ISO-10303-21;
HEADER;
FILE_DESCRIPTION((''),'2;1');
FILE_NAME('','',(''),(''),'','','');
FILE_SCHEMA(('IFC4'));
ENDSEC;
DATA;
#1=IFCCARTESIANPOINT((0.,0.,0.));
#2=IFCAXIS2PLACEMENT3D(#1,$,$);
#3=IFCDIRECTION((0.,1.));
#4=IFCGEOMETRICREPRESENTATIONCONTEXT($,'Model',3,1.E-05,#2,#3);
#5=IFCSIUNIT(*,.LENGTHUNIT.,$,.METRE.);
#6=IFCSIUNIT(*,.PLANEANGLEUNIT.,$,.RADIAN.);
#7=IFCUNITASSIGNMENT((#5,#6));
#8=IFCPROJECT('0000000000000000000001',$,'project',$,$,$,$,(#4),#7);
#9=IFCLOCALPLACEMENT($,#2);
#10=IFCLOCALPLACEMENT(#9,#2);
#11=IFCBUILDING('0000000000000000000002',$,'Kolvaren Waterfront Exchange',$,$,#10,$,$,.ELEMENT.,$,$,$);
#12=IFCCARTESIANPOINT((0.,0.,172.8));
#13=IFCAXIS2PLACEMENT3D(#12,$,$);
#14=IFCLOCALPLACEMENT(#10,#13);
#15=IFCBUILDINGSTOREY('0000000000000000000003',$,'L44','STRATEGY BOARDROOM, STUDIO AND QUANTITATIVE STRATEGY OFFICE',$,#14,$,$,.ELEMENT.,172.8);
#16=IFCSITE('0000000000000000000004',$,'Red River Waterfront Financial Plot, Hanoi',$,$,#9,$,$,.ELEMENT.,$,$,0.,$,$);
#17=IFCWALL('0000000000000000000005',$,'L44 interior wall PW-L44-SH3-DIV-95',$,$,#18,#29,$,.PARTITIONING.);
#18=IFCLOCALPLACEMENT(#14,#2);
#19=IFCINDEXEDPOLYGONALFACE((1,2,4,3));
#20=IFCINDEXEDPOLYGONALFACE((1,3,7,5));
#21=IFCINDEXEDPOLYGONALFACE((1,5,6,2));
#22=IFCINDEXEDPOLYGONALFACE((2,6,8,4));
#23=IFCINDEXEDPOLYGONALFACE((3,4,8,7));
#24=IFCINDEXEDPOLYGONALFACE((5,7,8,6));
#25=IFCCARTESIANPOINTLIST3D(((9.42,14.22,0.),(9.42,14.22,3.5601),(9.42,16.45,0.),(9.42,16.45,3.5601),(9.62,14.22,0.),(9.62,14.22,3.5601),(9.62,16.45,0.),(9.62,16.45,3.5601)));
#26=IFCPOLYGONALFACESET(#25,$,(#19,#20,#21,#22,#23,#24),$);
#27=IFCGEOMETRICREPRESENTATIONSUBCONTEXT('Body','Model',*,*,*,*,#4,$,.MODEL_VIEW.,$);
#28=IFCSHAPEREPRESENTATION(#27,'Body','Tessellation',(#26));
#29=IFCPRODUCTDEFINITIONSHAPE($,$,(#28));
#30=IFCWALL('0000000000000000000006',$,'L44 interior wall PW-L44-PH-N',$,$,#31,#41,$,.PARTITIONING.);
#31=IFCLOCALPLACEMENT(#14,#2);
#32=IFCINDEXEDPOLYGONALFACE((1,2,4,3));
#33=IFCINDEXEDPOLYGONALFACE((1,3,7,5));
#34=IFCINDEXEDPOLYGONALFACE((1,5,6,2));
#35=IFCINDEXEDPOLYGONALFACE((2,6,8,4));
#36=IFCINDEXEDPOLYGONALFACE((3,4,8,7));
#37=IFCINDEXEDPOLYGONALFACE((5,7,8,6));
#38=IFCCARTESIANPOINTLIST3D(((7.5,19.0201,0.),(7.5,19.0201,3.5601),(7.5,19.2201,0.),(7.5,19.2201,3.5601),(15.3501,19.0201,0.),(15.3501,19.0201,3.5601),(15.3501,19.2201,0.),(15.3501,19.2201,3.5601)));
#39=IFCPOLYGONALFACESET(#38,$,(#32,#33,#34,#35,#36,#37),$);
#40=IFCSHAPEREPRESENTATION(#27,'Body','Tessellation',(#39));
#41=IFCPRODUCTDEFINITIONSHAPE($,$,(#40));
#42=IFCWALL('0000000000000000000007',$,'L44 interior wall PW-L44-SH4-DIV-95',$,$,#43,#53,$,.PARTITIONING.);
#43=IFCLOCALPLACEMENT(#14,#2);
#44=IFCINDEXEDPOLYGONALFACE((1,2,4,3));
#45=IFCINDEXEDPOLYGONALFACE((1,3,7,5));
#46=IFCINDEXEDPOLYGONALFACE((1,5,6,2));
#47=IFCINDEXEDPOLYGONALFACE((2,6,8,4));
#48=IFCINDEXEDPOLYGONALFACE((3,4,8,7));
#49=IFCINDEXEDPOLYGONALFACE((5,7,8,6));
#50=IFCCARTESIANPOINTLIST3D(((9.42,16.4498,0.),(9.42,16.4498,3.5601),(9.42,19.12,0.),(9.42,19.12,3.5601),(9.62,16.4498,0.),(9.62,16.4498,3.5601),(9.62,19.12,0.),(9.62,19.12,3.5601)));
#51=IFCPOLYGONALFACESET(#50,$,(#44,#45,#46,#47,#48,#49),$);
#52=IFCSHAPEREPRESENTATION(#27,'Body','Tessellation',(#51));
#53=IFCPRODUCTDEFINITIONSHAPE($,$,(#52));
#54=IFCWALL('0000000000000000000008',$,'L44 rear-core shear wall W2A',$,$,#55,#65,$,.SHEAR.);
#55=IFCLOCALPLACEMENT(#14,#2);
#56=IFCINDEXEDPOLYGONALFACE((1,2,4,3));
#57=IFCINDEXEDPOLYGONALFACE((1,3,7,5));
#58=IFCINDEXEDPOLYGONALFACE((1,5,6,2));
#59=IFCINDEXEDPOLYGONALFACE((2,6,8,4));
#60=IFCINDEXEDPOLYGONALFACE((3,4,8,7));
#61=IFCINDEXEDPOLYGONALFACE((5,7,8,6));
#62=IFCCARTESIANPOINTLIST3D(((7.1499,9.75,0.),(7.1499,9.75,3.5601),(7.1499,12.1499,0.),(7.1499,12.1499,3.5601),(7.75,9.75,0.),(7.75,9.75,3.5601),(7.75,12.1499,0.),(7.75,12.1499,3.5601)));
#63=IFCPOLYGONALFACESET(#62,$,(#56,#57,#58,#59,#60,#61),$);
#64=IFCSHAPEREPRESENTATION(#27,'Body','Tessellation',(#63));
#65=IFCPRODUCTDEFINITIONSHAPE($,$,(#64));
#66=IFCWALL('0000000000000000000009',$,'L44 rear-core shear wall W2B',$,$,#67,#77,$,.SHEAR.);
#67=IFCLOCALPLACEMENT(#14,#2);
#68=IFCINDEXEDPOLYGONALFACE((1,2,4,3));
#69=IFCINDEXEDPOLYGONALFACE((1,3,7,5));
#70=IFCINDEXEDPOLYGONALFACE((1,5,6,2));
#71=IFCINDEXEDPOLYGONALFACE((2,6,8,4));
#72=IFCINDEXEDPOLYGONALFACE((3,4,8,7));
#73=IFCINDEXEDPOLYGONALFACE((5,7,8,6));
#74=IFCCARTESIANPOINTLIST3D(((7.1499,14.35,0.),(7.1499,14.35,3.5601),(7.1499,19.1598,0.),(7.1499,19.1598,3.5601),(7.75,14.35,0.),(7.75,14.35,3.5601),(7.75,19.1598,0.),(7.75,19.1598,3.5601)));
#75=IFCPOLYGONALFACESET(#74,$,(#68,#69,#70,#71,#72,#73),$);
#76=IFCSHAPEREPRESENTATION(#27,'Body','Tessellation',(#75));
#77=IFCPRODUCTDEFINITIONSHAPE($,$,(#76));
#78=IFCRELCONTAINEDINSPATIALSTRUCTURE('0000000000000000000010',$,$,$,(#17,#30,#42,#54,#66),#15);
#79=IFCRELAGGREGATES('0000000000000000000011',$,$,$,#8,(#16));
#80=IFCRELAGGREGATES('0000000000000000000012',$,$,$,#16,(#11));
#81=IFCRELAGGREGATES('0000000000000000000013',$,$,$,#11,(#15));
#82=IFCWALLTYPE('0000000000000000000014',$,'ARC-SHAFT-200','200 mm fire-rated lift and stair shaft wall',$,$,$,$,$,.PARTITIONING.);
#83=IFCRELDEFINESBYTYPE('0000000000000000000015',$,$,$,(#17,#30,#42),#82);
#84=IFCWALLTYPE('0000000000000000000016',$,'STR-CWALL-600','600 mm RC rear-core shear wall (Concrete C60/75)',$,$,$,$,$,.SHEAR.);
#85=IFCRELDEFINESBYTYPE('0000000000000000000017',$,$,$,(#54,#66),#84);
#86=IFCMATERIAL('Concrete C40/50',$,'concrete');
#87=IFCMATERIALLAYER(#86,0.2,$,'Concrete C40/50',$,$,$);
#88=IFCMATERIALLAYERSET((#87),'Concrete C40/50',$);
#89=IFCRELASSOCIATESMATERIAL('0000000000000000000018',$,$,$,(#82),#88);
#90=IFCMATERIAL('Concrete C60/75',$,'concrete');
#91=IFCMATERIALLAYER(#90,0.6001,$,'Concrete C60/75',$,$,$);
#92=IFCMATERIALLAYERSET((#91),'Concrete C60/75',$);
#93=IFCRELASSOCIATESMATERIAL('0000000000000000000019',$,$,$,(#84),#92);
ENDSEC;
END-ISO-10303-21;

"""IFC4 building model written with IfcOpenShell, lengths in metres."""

from ifc_helpers import new_model, si_unit, direction, frame, frame_2d, origin, place, context, subcontext, project, spatial, rectangle, extrude, material, layer, layer_set, type_object, element, save


model = new_model("IFC4")

# Units and contexts
model_context = context("Model", 3, precision=1e-05, world=origin(), true_north=direction((0.0, 1.0)))
body_context = subcontext(model_context, "Body", "Model", "MODEL_VIEW")
ifc_project = project(units=[si_unit("LENGTHUNIT", "METRE"), si_unit("PLANEANGLEUNIT", "RADIAN")], contexts=[model_context])

# Site, building, storey
site_placement = place(None, origin())
site = spatial("IfcSite", under=ifc_project, at=site_placement, Name="Red River Waterfront Financial Plot, Hanoi", CompositionType="ELEMENT", RefElevation=0.0)
building_placement = place(site_placement, origin())
building = spatial("IfcBuilding", under=site, at=building_placement, Name="Kolvaren Waterfront Exchange", CompositionType="ELEMENT")
storey_placement = place(building_placement, frame((0.0, 0.0, 172.8)))
storey = spatial("IfcBuildingStorey", under=building, at=storey_placement, Name="L44", Description="STRATEGY BOARDROOM, STUDIO AND QUANTITATIVE STRATEGY OFFICE", CompositionType="ELEMENT", Elevation=172.8)

# Shared definitions
ifc_material_1 = material(Name="Concrete C60/75", Category="concrete")

# Shared definitions
ifc_material_2 = material(Name="Concrete C40/50", Category="concrete")
ifc_layer_1 = layer(ifc_material_2, 0.2, Name="Concrete C40/50")
ifc_layer_set_1 = layer_set([ifc_layer_1], Name="Concrete C40/50")
wall_type_1 = type_object("IfcWallType", Name="ARC-SHAFT-200", Description="200 mm fire-rated lift and stair shaft wall", PredefinedType="PARTITIONING", material=ifc_layer_set_1)

# Walls
wall_1_placement = place(storey_placement, frame((9.52, 14.22, 0.0), z_axis=(0.0, 0.0, 1.0), x_axis=(0.0, 1.0, 0.0)))
element("IfcWall", 1, at=wall_1_placement, inside=storey, type_object=wall_type_1, Name="L44 interior wall PW-L44-SH3-DIV-95", PredefinedType="PARTITIONING", context=body_context, shape_type="SweptSolid", body=[
    extrude(rectangle(XDim=2.23, YDim=0.2, at=frame_2d((1.115, 0.0))), origin(), (0.0, 0.0, 1.0), 3.5601),
])
wall_2_placement = place(storey_placement, frame((7.5, 19.1201, 0.0), z_axis=(0.0, 0.0, 1.0), x_axis=(1.0, 0.0, 0.0)))
element("IfcWall", 2, at=wall_2_placement, inside=storey, type_object=wall_type_1, Name="L44 interior wall PW-L44-PH-N", PredefinedType="PARTITIONING", context=body_context, shape_type="SweptSolid", body=[
    extrude(rectangle(XDim=7.8501, YDim=0.2, at=frame_2d((3.925, 0.0))), origin(), (0.0, 0.0, 1.0), 3.5601),
])
wall_3_placement = place(storey_placement, frame((9.52, 16.45, 0.0), z_axis=(0.0, 0.0, 1.0), x_axis=(0.0, 1.0, 0.0)))
element("IfcWall", 3, at=wall_3_placement, inside=storey, type_object=wall_type_1, Name="L44 interior wall PW-L44-SH4-DIV-95", PredefinedType="PARTITIONING", context=body_context, shape_type="SweptSolid", body=[
    extrude(rectangle(XDim=2.6702, YDim=0.2, at=frame_2d((1.335, 0.0))), origin(), (0.0, 0.0, 1.0), 3.5601),
])
ifc_layer_2 = layer(ifc_material_1, 0.6001, Name="Concrete C60/75")
ifc_layer_set_2 = layer_set([ifc_layer_2], Name="Concrete C60/75")
wall_type_2 = type_object("IfcWallType", Name="STR-CWALL-600", Description="600 mm RC rear-core shear wall (Concrete C60/75)", PredefinedType="SHEAR", material=ifc_layer_set_2)
wall_4_placement = place(storey_placement, frame((7.45, 9.75, 0.0), z_axis=(0.0, 0.0, 1.0), x_axis=(0.0, 1.0, 0.0)))
element("IfcWall", 4, at=wall_4_placement, inside=storey, type_object=wall_type_2, Name="L44 rear-core shear wall W2A", PredefinedType="SHEAR", context=body_context, shape_type="SweptSolid", body=[
    extrude(rectangle(XDim=2.3999, YDim=0.6001, at=frame_2d((1.2, 0.0))), origin(), (0.0, 0.0, 1.0), 3.5601),
])
wall_5_placement = place(storey_placement, frame((7.45, 14.3501, 0.0), z_axis=(0.0, 0.0, 1.0), x_axis=(0.0, 1.0, 0.0)))
element("IfcWall", 5, at=wall_5_placement, inside=storey, type_object=wall_type_2, Name="L44 rear-core shear wall W2B", PredefinedType="SHEAR", context=body_context, shape_type="SweptSolid", body=[
    extrude(rectangle(XDim=4.8098, YDim=0.6001, at=frame_2d((2.4048, 0.0))), origin(), (0.0, 0.0, 1.0), 3.5601),
])

save(model, "model.ifc")
